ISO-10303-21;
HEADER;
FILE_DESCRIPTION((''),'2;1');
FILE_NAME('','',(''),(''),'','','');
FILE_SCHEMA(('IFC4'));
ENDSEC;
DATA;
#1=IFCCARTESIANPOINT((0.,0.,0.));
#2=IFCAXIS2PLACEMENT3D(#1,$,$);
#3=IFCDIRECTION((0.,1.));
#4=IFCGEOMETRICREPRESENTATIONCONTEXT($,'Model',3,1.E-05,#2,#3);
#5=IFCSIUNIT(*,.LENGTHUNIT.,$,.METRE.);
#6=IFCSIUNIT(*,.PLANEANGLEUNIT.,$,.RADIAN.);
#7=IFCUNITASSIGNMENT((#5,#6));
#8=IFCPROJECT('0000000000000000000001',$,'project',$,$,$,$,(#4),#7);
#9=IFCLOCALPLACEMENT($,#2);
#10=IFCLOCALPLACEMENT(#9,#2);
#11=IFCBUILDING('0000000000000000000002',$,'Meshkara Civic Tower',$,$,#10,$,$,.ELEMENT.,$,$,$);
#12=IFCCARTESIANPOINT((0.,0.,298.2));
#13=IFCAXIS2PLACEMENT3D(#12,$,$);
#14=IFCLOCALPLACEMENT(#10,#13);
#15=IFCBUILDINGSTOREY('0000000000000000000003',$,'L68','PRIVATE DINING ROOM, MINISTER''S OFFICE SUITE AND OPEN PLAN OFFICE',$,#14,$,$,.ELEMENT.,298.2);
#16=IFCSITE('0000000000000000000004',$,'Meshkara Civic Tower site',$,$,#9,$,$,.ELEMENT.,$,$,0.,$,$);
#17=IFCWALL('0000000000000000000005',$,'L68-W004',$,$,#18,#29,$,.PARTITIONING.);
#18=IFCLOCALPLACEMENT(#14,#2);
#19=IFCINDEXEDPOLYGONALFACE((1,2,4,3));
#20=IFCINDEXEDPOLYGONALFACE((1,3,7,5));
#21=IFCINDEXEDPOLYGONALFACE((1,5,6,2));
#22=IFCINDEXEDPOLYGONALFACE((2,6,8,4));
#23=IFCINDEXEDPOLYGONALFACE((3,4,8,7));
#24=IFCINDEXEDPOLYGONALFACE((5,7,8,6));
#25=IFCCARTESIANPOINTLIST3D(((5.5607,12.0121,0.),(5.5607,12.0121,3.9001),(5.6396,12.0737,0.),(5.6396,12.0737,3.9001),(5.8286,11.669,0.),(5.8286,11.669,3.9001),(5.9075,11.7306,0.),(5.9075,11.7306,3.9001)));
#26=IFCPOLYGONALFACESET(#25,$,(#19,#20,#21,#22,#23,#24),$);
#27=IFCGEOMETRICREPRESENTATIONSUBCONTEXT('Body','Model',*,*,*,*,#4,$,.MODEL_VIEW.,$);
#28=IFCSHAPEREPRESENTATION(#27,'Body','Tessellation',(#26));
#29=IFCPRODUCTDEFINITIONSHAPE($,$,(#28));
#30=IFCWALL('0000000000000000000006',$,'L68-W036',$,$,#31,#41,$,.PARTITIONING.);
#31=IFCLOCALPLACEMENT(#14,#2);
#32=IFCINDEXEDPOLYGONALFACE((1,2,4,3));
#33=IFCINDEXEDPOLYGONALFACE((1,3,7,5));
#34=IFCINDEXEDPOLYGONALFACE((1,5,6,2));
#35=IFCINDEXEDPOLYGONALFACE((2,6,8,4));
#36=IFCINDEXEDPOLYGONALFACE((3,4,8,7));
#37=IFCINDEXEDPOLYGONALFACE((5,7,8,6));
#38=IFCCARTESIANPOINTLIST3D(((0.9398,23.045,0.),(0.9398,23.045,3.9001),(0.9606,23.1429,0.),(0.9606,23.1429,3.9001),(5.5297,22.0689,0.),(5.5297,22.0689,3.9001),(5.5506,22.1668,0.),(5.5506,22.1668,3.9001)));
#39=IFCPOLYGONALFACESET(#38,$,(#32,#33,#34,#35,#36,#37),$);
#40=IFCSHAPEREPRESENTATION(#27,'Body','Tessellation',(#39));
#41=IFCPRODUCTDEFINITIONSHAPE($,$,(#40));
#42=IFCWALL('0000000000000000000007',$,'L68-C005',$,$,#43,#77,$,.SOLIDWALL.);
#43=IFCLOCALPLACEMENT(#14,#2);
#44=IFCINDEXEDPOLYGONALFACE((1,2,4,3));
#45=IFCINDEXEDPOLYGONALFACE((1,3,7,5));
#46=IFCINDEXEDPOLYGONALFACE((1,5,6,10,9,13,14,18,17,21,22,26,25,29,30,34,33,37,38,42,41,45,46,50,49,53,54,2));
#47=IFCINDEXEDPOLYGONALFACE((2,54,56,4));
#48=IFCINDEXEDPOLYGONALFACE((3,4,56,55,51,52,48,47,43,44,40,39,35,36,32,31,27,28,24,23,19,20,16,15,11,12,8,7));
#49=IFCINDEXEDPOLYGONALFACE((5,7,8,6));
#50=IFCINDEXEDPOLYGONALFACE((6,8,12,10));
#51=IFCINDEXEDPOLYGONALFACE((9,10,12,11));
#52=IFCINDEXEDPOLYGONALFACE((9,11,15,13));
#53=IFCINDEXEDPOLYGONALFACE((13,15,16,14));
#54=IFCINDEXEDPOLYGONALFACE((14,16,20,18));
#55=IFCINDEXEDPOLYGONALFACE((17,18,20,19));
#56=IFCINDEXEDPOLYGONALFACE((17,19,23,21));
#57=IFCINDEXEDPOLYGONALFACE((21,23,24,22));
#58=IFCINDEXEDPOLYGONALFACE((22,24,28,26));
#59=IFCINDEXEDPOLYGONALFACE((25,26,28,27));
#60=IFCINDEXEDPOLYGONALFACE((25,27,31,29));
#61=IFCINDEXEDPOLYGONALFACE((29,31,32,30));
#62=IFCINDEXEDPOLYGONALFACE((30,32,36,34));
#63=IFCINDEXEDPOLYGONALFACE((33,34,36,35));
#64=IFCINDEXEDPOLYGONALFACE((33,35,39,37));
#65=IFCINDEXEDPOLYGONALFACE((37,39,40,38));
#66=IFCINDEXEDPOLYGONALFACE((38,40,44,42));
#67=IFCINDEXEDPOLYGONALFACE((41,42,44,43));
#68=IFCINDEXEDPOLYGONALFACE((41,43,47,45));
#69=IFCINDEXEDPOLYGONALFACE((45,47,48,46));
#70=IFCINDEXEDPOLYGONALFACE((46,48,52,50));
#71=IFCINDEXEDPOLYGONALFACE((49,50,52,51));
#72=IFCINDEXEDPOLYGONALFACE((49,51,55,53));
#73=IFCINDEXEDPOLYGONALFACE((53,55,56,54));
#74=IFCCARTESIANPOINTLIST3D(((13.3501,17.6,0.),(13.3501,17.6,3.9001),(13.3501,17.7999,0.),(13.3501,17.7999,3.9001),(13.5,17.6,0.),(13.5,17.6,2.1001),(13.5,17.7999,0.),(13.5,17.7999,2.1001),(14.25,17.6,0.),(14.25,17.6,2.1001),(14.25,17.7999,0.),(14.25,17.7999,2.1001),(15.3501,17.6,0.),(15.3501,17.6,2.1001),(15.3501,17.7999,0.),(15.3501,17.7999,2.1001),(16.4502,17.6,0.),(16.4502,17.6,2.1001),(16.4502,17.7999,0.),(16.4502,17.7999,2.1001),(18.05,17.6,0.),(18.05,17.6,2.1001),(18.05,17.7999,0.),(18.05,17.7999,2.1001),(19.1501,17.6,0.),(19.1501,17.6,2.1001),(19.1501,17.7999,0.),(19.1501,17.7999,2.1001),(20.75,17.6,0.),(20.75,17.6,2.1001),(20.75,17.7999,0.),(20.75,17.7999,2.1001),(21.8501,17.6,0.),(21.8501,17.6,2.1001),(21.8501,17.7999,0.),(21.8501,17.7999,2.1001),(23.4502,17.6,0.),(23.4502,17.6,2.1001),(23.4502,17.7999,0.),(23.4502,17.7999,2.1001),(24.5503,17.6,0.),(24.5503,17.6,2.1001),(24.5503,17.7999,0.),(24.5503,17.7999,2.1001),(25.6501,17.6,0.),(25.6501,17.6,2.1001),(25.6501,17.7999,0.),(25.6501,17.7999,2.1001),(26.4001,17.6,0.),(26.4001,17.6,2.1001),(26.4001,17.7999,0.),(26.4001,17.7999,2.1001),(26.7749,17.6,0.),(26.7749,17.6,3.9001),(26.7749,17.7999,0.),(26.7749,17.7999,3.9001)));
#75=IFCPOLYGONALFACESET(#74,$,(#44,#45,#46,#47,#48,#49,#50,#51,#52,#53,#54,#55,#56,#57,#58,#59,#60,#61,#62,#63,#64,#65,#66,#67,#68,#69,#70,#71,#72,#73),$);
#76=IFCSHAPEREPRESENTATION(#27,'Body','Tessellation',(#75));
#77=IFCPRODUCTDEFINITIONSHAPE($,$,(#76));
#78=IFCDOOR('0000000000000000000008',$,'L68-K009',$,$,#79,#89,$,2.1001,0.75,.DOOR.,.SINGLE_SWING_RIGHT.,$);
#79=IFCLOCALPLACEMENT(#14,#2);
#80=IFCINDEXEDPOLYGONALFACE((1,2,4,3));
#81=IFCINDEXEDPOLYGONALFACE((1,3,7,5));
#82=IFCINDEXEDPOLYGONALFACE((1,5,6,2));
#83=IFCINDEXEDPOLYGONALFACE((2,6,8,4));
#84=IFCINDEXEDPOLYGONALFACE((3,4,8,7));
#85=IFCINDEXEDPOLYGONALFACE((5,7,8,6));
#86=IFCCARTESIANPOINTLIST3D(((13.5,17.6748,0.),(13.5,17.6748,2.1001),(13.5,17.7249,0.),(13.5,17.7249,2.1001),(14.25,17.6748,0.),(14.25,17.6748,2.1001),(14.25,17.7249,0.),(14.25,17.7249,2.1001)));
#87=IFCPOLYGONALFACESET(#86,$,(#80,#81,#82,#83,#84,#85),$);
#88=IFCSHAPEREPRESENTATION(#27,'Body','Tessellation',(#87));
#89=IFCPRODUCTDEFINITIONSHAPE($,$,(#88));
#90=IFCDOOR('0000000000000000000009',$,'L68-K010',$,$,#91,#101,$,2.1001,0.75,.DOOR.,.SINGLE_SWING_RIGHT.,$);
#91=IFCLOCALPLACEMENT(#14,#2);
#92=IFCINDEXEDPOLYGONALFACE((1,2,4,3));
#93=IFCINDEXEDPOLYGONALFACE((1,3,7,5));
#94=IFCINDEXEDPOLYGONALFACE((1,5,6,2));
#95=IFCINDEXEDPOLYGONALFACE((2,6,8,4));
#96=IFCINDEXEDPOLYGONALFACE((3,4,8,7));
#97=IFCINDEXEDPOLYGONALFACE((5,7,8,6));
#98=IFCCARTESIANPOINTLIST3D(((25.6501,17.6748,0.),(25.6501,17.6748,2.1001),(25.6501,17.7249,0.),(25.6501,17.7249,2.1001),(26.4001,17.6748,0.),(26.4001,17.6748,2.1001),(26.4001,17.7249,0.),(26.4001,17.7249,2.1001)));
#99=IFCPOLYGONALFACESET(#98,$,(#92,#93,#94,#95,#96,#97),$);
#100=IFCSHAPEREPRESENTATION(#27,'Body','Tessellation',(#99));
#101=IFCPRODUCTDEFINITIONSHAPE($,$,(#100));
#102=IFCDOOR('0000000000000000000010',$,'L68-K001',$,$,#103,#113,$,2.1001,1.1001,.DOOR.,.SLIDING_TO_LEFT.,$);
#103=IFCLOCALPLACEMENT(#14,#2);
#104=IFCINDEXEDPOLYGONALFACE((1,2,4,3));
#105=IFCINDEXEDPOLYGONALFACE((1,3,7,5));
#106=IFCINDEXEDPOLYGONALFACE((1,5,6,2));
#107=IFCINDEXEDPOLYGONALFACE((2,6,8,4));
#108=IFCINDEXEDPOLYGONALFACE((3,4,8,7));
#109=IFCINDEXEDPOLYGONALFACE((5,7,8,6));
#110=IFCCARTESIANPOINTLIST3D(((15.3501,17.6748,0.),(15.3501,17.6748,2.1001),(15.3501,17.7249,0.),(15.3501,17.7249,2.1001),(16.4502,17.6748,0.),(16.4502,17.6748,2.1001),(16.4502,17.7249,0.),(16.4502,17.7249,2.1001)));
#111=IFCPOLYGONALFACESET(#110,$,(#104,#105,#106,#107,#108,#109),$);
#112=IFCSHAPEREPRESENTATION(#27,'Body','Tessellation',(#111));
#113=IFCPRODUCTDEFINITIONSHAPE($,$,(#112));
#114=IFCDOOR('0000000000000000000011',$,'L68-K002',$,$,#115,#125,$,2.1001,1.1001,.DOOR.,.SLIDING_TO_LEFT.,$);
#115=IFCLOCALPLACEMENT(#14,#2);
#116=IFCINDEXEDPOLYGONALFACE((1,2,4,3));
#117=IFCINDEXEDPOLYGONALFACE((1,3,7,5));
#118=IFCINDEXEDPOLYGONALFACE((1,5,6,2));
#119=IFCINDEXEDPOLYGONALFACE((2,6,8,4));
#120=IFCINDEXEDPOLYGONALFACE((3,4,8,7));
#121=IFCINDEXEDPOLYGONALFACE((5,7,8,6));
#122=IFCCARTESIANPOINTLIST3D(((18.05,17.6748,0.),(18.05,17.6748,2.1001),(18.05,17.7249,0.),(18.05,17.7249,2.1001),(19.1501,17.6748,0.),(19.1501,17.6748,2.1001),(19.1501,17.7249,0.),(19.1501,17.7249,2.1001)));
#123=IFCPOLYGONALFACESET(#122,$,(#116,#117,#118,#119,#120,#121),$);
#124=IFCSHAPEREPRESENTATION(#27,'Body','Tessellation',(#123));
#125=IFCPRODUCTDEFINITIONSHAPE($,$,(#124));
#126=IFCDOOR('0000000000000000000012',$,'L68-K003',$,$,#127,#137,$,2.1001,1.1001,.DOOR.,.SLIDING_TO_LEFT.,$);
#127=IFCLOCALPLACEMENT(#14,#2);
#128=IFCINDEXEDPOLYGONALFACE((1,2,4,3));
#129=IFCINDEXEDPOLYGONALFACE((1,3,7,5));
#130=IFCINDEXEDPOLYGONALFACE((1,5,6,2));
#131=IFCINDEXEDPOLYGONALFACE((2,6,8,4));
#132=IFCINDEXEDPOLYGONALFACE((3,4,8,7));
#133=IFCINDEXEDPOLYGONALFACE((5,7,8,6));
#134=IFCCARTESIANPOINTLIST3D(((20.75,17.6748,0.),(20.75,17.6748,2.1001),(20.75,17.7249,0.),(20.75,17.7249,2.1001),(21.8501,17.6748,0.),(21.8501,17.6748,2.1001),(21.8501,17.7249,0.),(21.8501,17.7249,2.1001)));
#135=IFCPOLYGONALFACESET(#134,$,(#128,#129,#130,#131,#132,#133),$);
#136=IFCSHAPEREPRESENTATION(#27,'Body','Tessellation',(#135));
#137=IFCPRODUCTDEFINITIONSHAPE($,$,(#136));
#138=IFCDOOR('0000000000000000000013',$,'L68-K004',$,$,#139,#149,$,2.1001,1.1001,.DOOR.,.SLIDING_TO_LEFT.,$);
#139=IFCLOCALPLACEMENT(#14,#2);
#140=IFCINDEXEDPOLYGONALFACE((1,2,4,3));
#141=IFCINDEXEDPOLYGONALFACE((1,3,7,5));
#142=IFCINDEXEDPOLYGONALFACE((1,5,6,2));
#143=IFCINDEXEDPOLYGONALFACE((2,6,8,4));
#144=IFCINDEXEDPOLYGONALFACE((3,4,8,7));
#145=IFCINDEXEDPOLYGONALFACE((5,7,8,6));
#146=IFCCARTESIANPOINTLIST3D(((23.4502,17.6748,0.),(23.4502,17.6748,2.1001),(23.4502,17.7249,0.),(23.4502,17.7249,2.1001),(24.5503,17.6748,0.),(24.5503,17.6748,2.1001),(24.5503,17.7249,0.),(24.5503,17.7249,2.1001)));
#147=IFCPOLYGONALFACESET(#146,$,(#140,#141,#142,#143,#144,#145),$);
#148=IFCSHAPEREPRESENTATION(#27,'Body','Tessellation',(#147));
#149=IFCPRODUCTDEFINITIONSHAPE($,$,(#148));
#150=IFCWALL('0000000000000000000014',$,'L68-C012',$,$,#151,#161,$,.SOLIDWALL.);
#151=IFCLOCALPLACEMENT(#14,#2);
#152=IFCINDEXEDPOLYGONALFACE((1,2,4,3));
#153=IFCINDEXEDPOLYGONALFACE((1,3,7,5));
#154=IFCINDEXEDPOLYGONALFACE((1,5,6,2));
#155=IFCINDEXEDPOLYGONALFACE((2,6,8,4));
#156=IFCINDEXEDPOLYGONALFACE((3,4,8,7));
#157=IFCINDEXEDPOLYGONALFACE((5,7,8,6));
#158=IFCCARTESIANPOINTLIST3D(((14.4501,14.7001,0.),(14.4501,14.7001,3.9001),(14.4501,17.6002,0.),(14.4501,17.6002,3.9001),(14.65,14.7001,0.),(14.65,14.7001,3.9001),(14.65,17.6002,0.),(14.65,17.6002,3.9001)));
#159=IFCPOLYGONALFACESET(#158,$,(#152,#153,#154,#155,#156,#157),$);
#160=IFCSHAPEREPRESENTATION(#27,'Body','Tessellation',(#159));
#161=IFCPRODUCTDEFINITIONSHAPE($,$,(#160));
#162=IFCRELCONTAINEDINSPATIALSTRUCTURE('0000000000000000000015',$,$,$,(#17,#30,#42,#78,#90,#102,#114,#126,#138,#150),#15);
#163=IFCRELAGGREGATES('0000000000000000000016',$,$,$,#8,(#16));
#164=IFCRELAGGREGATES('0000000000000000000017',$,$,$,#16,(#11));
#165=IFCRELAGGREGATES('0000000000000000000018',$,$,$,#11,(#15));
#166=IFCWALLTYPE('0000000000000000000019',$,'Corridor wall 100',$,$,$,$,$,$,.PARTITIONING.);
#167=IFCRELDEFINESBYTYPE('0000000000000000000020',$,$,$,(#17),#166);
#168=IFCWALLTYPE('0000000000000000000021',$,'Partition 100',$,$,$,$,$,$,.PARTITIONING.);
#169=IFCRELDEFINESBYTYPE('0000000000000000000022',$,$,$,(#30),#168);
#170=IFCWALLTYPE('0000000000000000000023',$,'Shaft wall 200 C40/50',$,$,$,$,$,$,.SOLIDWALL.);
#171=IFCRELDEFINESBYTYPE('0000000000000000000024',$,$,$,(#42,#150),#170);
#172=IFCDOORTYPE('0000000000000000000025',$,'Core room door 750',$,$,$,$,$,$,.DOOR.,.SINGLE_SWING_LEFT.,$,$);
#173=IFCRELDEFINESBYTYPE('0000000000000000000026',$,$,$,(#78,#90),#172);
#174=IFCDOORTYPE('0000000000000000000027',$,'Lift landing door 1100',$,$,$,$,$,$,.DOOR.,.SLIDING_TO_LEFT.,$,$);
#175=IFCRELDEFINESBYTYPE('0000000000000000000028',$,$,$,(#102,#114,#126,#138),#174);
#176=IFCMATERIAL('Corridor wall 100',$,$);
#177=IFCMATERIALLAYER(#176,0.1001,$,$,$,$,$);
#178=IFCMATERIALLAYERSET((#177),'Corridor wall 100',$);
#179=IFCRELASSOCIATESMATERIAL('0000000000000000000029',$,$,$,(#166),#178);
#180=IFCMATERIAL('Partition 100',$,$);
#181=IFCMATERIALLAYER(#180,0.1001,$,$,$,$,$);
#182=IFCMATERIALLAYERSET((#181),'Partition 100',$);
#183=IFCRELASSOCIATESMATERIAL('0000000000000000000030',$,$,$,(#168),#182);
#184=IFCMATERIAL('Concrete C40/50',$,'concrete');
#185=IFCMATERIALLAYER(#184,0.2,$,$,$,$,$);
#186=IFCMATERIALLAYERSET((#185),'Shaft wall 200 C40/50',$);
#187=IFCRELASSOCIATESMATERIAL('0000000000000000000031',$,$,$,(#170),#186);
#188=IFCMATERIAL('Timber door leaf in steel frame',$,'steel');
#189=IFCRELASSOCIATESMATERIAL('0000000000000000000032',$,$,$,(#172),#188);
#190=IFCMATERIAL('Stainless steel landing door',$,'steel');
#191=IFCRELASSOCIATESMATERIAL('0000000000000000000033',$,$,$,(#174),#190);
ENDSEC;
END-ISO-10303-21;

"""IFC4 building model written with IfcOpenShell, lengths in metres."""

from ifc_helpers import new_model, si_unit, direction, frame, frame_2d, origin, place, context, subcontext, project, spatial, rectangle, extrude, material, layer, layer_set, type_object, element, fill, save


model = new_model("IFC4")

# Units and contexts
model_context = context("Model", 3, precision=1e-05, world=origin(), true_north=direction((0.0, 1.0)))
body_context = subcontext(model_context, "Body", "Model", "MODEL_VIEW")
ifc_project = project(units=[si_unit("LENGTHUNIT", "METRE"), si_unit("PLANEANGLEUNIT", "RADIAN")], contexts=[model_context])

# Site, building, storey
site_placement = place(None, origin())
site = spatial("IfcSite", under=ifc_project, at=site_placement, Name="Meshkara Civic Tower site", CompositionType="ELEMENT", RefElevation=0.0)
building_placement = place(site_placement, origin())
building = spatial("IfcBuilding", under=site, at=building_placement, Name="Meshkara Civic Tower", CompositionType="ELEMENT")
storey_placement = place(building_placement, frame((0.0, 0.0, 298.2)))
storey = spatial("IfcBuildingStorey", under=building, at=storey_placement, Name="L68", Description="PRIVATE DINING ROOM, MINISTER'S OFFICE SUITE AND OPEN PLAN OFFICE", CompositionType="ELEMENT", Elevation=298.2)

# Walls
ifc_material_1 = material(Name="Corridor wall 100")
ifc_layer_1 = layer(ifc_material_1, 0.1001)
ifc_layer_set_1 = layer_set([ifc_layer_1], Name="Corridor wall 100")
wall_type_1 = type_object("IfcWallType", Name="Corridor wall 100", PredefinedType="PARTITIONING", material=ifc_layer_set_1)
wall_1_placement = place(storey_placement, frame((5.6001, 12.043, 0.0), z_axis=(0.0, 0.0, 1.0), x_axis=(0.615415, -0.788203, 0.0)))
element("IfcWall", 1, at=wall_1_placement, inside=storey, type_object=wall_type_1, Name="L68-W004", PredefinedType="PARTITIONING", context=body_context, shape_type="SweptSolid", body=[
    extrude(rectangle(XDim=0.4353, YDim=0.1001, at=frame_2d((0.2178, 0.0))), origin(), (0.0, 0.0, 1.0), 3.9001),
])
ifc_material_2 = material(Name="Partition 100")
ifc_layer_2 = layer(ifc_material_2, 0.1001)
ifc_layer_set_2 = layer_set([ifc_layer_2], Name="Partition 100")
wall_type_2 = type_object("IfcWallType", Name="Partition 100", PredefinedType="PARTITIONING", material=ifc_layer_set_2)
wall_2_placement = place(storey_placement, frame((5.54, 22.1179, 0.0), z_axis=(0.0, 0.0, 1.0), x_axis=(-0.978129, 0.207998, 0.0)))
element("IfcWall", 2, at=wall_2_placement, inside=storey, type_object=wall_type_2, Name="L68-W036", PredefinedType="PARTITIONING", context=body_context, shape_type="SweptSolid", body=[
    extrude(rectangle(XDim=4.6926, YDim=0.1001, at=frame_2d((2.3462, 0.0))), origin(), (0.0, 0.0, 1.0), 3.9001),
])

# Wall, openings, doors
ifc_material_3 = material(Name="Concrete C40/50", Category="concrete")
ifc_layer_3 = layer(ifc_material_3, 0.2)
ifc_layer_set_3 = layer_set([ifc_layer_3], Name="Shaft wall 200 C40/50")
wall_type_3 = type_object("IfcWallType", Name="Shaft wall 200 C40/50", PredefinedType="SOLIDWALL", material=ifc_layer_set_3)
wall_3_placement = place(storey_placement, frame((13.3501, 17.7, 0.0), z_axis=(0.0, 0.0, 1.0), x_axis=(1.0, 0.0, 0.0)))
wall_3 = element("IfcWall", 3, at=wall_3_placement, inside=storey, type_object=wall_type_3, Name="L68-C005", PredefinedType="SOLIDWALL", context=body_context, shape_type="SweptSolid", body=[
    extrude(rectangle(XDim=13.4248, YDim=0.2, at=frame_2d((6.7124, 0.0))), origin(), (0.0, 0.0, 1.0), 3.9001),
])
opening_1_placement = place(wall_3_placement, frame((2.0, 0.0, 0.0)))
opening_1 = element("IfcOpeningElement", 4, at=opening_1_placement, cuts=wall_3, PredefinedType="OPENING", context=body_context, shape_type="SweptSolid", body=[
    extrude(rectangle(XDim=1.1001, YDim=2.1001, at=frame_2d((0.55, 1.05))), frame((0.0, 0.1099, 0.0), z_axis=(0.0, -1.0, 0.0), x_axis=(1.0, 0.0, 0.0)), (0.0, 0.0, 1.0), 0.22),
])
opening_2_placement = place(wall_3_placement, frame((4.7, 0.0, 0.0)))
opening_2 = element("IfcOpeningElement", 5, at=opening_2_placement, cuts=wall_3, PredefinedType="OPENING", context=body_context, shape_type="SweptSolid", body=[
    extrude(rectangle(XDim=1.1001, YDim=2.1001, at=frame_2d((0.55, 1.05))), frame((0.0, 0.1099, 0.0), z_axis=(0.0, -1.0, 0.0), x_axis=(1.0, 0.0, 0.0)), (0.0, 0.0, 1.0), 0.22),
])
opening_3_placement = place(wall_3_placement, frame((7.3999, 0.0, 0.0)))
opening_3 = element("IfcOpeningElement", 6, at=opening_3_placement, cuts=wall_3, PredefinedType="OPENING", context=body_context, shape_type="SweptSolid", body=[
    extrude(rectangle(XDim=1.1001, YDim=2.1001, at=frame_2d((0.55, 1.05))), frame((0.0, 0.1099, 0.0), z_axis=(0.0, -1.0, 0.0), x_axis=(1.0, 0.0, 0.0)), (0.0, 0.0, 1.0), 0.22),
])
opening_4_placement = place(wall_3_placement, frame((10.1001, 0.0, 0.0)))
opening_4 = element("IfcOpeningElement", 7, at=opening_4_placement, cuts=wall_3, PredefinedType="OPENING", context=body_context, shape_type="SweptSolid", body=[
    extrude(rectangle(XDim=1.1001, YDim=2.1001, at=frame_2d((0.55, 1.05))), frame((0.0, 0.1099, 0.0), z_axis=(0.0, -1.0, 0.0), x_axis=(1.0, 0.0, 0.0)), (0.0, 0.0, 1.0), 0.22),
])
opening_5_placement = place(wall_3_placement, frame((0.1499, 0.0, 0.0)))
opening_5 = element("IfcOpeningElement", 8, at=opening_5_placement, cuts=wall_3, PredefinedType="OPENING", context=body_context, shape_type="SweptSolid", body=[
    extrude(rectangle(XDim=0.75, YDim=2.1001, at=frame_2d((0.375, 1.05))), frame((0.0, 0.1099, 0.0), z_axis=(0.0, -1.0, 0.0), x_axis=(1.0, 0.0, 0.0)), (0.0, 0.0, 1.0), 0.22),
])
opening_6_placement = place(wall_3_placement, frame((12.3, 0.0, 0.0)))
opening_6 = element("IfcOpeningElement", 9, at=opening_6_placement, cuts=wall_3, PredefinedType="OPENING", context=body_context, shape_type="SweptSolid", body=[
    extrude(rectangle(XDim=0.75, YDim=2.1001, at=frame_2d((0.375, 1.05))), frame((0.0, 0.1099, 0.0), z_axis=(0.0, -1.0, 0.0), x_axis=(1.0, 0.0, 0.0)), (0.0, 0.0, 1.0), 0.22),
])
ifc_material_4 = material(Name="Timber door leaf in steel frame", Category="steel")
door_type_1 = type_object("IfcDoorType", Name="Core room door 750", OperationType="SINGLE_SWING_LEFT", PredefinedType="DOOR", material=ifc_material_4)
door_1_placement = place(opening_5_placement, origin())
door_1 = element("IfcDoor", 10, at=door_1_placement, inside=storey, type_object=door_type_1, Name="L68-K009", OperationType="SINGLE_SWING_RIGHT", OverallHeight=2.1001, OverallWidth=0.75, PredefinedType="DOOR", context=body_context, shape_type="SweptSolid", body=[
    extrude(rectangle(XDim=0.75, YDim=2.1001, at=frame_2d((0.375, 1.05))), frame((0.0, 0.0249, 0.0), z_axis=(0.0, -1.0, 0.0), x_axis=(1.0, 0.0, 0.0)), (0.0, 0.0, 1.0), 0.05),
])
fill(opening_5, door_1)
door_2_placement = place(opening_6_placement, origin())
door_2 = element("IfcDoor", 11, at=door_2_placement, inside=storey, type_object=door_type_1, Name="L68-K010", OperationType="SINGLE_SWING_RIGHT", OverallHeight=2.1001, OverallWidth=0.75, PredefinedType="DOOR", context=body_context, shape_type="SweptSolid", body=[
    extrude(rectangle(XDim=0.75, YDim=2.1001, at=frame_2d((0.375, 1.05))), frame((0.0, 0.0249, 0.0), z_axis=(0.0, -1.0, 0.0), x_axis=(1.0, 0.0, 0.0)), (0.0, 0.0, 1.0), 0.05),
])
fill(opening_6, door_2)
ifc_material_5 = material(Name="Stainless steel landing door", Category="steel")
door_type_2 = type_object("IfcDoorType", Name="Lift landing door 1100", OperationType="SLIDING_TO_LEFT", PredefinedType="DOOR", material=ifc_material_5)
door_3_placement = place(opening_1_placement, origin())
door_3 = element("IfcDoor", 12, at=door_3_placement, inside=storey, type_object=door_type_2, Name="L68-K001", OperationType="SLIDING_TO_LEFT", OverallHeight=2.1001, OverallWidth=1.1001, PredefinedType="DOOR", context=body_context, shape_type="SweptSolid", body=[
    extrude(rectangle(XDim=1.1001, YDim=2.1001, at=frame_2d((0.55, 1.05))), frame((0.0, 0.0249, 0.0), z_axis=(0.0, -1.0, 0.0), x_axis=(1.0, 0.0, 0.0)), (0.0, 0.0, 1.0), 0.05),
])
fill(opening_1, door_3)
door_4_placement = place(opening_2_placement, origin())
door_4 = element("IfcDoor", 13, at=door_4_placement, inside=storey, type_object=door_type_2, Name="L68-K002", OperationType="SLIDING_TO_LEFT", OverallHeight=2.1001, OverallWidth=1.1001, PredefinedType="DOOR", context=body_context, shape_type="SweptSolid", body=[
    extrude(rectangle(XDim=1.1001, YDim=2.1001, at=frame_2d((0.55, 1.05))), frame((0.0, 0.0249, 0.0), z_axis=(0.0, -1.0, 0.0), x_axis=(1.0, 0.0, 0.0)), (0.0, 0.0, 1.0), 0.05),
])
fill(opening_2, door_4)
door_5_placement = place(opening_3_placement, origin())
door_5 = element("IfcDoor", 14, at=door_5_placement, inside=storey, type_object=door_type_2, Name="L68-K003", OperationType="SLIDING_TO_LEFT", OverallHeight=2.1001, OverallWidth=1.1001, PredefinedType="DOOR", context=body_context, shape_type="SweptSolid", body=[
    extrude(rectangle(XDim=1.1001, YDim=2.1001, at=frame_2d((0.55, 1.05))), frame((0.0, 0.0249, 0.0), z_axis=(0.0, -1.0, 0.0), x_axis=(1.0, 0.0, 0.0)), (0.0, 0.0, 1.0), 0.05),
])
fill(opening_3, door_5)
door_6_placement = place(opening_4_placement, origin())
door_6 = element("IfcDoor", 15, at=door_6_placement, inside=storey, type_object=door_type_2, Name="L68-K004", OperationType="SLIDING_TO_LEFT", OverallHeight=2.1001, OverallWidth=1.1001, PredefinedType="DOOR", context=body_context, shape_type="SweptSolid", body=[
    extrude(rectangle(XDim=1.1001, YDim=2.1001, at=frame_2d((0.55, 1.05))), frame((0.0, 0.0249, 0.0), z_axis=(0.0, -1.0, 0.0), x_axis=(1.0, 0.0, 0.0)), (0.0, 0.0, 1.0), 0.05),
])
fill(opening_4, door_6)

# Wall
wall_4_placement = place(storey_placement, frame((14.55, 14.7, 0.0), z_axis=(0.0, 0.0, 1.0), x_axis=(0.0, 1.0, 0.0)))
element("IfcWall", 16, at=wall_4_placement, inside=storey, type_object=wall_type_3, Name="L68-C012", PredefinedType="SOLIDWALL", context=body_context, shape_type="SweptSolid", body=[
    extrude(rectangle(XDim=2.9001, YDim=0.2, at=frame_2d((1.4502, 0.0))), origin(), (0.0, 0.0, 1.0), 3.9001),
])

save(model, "model.ifc")
